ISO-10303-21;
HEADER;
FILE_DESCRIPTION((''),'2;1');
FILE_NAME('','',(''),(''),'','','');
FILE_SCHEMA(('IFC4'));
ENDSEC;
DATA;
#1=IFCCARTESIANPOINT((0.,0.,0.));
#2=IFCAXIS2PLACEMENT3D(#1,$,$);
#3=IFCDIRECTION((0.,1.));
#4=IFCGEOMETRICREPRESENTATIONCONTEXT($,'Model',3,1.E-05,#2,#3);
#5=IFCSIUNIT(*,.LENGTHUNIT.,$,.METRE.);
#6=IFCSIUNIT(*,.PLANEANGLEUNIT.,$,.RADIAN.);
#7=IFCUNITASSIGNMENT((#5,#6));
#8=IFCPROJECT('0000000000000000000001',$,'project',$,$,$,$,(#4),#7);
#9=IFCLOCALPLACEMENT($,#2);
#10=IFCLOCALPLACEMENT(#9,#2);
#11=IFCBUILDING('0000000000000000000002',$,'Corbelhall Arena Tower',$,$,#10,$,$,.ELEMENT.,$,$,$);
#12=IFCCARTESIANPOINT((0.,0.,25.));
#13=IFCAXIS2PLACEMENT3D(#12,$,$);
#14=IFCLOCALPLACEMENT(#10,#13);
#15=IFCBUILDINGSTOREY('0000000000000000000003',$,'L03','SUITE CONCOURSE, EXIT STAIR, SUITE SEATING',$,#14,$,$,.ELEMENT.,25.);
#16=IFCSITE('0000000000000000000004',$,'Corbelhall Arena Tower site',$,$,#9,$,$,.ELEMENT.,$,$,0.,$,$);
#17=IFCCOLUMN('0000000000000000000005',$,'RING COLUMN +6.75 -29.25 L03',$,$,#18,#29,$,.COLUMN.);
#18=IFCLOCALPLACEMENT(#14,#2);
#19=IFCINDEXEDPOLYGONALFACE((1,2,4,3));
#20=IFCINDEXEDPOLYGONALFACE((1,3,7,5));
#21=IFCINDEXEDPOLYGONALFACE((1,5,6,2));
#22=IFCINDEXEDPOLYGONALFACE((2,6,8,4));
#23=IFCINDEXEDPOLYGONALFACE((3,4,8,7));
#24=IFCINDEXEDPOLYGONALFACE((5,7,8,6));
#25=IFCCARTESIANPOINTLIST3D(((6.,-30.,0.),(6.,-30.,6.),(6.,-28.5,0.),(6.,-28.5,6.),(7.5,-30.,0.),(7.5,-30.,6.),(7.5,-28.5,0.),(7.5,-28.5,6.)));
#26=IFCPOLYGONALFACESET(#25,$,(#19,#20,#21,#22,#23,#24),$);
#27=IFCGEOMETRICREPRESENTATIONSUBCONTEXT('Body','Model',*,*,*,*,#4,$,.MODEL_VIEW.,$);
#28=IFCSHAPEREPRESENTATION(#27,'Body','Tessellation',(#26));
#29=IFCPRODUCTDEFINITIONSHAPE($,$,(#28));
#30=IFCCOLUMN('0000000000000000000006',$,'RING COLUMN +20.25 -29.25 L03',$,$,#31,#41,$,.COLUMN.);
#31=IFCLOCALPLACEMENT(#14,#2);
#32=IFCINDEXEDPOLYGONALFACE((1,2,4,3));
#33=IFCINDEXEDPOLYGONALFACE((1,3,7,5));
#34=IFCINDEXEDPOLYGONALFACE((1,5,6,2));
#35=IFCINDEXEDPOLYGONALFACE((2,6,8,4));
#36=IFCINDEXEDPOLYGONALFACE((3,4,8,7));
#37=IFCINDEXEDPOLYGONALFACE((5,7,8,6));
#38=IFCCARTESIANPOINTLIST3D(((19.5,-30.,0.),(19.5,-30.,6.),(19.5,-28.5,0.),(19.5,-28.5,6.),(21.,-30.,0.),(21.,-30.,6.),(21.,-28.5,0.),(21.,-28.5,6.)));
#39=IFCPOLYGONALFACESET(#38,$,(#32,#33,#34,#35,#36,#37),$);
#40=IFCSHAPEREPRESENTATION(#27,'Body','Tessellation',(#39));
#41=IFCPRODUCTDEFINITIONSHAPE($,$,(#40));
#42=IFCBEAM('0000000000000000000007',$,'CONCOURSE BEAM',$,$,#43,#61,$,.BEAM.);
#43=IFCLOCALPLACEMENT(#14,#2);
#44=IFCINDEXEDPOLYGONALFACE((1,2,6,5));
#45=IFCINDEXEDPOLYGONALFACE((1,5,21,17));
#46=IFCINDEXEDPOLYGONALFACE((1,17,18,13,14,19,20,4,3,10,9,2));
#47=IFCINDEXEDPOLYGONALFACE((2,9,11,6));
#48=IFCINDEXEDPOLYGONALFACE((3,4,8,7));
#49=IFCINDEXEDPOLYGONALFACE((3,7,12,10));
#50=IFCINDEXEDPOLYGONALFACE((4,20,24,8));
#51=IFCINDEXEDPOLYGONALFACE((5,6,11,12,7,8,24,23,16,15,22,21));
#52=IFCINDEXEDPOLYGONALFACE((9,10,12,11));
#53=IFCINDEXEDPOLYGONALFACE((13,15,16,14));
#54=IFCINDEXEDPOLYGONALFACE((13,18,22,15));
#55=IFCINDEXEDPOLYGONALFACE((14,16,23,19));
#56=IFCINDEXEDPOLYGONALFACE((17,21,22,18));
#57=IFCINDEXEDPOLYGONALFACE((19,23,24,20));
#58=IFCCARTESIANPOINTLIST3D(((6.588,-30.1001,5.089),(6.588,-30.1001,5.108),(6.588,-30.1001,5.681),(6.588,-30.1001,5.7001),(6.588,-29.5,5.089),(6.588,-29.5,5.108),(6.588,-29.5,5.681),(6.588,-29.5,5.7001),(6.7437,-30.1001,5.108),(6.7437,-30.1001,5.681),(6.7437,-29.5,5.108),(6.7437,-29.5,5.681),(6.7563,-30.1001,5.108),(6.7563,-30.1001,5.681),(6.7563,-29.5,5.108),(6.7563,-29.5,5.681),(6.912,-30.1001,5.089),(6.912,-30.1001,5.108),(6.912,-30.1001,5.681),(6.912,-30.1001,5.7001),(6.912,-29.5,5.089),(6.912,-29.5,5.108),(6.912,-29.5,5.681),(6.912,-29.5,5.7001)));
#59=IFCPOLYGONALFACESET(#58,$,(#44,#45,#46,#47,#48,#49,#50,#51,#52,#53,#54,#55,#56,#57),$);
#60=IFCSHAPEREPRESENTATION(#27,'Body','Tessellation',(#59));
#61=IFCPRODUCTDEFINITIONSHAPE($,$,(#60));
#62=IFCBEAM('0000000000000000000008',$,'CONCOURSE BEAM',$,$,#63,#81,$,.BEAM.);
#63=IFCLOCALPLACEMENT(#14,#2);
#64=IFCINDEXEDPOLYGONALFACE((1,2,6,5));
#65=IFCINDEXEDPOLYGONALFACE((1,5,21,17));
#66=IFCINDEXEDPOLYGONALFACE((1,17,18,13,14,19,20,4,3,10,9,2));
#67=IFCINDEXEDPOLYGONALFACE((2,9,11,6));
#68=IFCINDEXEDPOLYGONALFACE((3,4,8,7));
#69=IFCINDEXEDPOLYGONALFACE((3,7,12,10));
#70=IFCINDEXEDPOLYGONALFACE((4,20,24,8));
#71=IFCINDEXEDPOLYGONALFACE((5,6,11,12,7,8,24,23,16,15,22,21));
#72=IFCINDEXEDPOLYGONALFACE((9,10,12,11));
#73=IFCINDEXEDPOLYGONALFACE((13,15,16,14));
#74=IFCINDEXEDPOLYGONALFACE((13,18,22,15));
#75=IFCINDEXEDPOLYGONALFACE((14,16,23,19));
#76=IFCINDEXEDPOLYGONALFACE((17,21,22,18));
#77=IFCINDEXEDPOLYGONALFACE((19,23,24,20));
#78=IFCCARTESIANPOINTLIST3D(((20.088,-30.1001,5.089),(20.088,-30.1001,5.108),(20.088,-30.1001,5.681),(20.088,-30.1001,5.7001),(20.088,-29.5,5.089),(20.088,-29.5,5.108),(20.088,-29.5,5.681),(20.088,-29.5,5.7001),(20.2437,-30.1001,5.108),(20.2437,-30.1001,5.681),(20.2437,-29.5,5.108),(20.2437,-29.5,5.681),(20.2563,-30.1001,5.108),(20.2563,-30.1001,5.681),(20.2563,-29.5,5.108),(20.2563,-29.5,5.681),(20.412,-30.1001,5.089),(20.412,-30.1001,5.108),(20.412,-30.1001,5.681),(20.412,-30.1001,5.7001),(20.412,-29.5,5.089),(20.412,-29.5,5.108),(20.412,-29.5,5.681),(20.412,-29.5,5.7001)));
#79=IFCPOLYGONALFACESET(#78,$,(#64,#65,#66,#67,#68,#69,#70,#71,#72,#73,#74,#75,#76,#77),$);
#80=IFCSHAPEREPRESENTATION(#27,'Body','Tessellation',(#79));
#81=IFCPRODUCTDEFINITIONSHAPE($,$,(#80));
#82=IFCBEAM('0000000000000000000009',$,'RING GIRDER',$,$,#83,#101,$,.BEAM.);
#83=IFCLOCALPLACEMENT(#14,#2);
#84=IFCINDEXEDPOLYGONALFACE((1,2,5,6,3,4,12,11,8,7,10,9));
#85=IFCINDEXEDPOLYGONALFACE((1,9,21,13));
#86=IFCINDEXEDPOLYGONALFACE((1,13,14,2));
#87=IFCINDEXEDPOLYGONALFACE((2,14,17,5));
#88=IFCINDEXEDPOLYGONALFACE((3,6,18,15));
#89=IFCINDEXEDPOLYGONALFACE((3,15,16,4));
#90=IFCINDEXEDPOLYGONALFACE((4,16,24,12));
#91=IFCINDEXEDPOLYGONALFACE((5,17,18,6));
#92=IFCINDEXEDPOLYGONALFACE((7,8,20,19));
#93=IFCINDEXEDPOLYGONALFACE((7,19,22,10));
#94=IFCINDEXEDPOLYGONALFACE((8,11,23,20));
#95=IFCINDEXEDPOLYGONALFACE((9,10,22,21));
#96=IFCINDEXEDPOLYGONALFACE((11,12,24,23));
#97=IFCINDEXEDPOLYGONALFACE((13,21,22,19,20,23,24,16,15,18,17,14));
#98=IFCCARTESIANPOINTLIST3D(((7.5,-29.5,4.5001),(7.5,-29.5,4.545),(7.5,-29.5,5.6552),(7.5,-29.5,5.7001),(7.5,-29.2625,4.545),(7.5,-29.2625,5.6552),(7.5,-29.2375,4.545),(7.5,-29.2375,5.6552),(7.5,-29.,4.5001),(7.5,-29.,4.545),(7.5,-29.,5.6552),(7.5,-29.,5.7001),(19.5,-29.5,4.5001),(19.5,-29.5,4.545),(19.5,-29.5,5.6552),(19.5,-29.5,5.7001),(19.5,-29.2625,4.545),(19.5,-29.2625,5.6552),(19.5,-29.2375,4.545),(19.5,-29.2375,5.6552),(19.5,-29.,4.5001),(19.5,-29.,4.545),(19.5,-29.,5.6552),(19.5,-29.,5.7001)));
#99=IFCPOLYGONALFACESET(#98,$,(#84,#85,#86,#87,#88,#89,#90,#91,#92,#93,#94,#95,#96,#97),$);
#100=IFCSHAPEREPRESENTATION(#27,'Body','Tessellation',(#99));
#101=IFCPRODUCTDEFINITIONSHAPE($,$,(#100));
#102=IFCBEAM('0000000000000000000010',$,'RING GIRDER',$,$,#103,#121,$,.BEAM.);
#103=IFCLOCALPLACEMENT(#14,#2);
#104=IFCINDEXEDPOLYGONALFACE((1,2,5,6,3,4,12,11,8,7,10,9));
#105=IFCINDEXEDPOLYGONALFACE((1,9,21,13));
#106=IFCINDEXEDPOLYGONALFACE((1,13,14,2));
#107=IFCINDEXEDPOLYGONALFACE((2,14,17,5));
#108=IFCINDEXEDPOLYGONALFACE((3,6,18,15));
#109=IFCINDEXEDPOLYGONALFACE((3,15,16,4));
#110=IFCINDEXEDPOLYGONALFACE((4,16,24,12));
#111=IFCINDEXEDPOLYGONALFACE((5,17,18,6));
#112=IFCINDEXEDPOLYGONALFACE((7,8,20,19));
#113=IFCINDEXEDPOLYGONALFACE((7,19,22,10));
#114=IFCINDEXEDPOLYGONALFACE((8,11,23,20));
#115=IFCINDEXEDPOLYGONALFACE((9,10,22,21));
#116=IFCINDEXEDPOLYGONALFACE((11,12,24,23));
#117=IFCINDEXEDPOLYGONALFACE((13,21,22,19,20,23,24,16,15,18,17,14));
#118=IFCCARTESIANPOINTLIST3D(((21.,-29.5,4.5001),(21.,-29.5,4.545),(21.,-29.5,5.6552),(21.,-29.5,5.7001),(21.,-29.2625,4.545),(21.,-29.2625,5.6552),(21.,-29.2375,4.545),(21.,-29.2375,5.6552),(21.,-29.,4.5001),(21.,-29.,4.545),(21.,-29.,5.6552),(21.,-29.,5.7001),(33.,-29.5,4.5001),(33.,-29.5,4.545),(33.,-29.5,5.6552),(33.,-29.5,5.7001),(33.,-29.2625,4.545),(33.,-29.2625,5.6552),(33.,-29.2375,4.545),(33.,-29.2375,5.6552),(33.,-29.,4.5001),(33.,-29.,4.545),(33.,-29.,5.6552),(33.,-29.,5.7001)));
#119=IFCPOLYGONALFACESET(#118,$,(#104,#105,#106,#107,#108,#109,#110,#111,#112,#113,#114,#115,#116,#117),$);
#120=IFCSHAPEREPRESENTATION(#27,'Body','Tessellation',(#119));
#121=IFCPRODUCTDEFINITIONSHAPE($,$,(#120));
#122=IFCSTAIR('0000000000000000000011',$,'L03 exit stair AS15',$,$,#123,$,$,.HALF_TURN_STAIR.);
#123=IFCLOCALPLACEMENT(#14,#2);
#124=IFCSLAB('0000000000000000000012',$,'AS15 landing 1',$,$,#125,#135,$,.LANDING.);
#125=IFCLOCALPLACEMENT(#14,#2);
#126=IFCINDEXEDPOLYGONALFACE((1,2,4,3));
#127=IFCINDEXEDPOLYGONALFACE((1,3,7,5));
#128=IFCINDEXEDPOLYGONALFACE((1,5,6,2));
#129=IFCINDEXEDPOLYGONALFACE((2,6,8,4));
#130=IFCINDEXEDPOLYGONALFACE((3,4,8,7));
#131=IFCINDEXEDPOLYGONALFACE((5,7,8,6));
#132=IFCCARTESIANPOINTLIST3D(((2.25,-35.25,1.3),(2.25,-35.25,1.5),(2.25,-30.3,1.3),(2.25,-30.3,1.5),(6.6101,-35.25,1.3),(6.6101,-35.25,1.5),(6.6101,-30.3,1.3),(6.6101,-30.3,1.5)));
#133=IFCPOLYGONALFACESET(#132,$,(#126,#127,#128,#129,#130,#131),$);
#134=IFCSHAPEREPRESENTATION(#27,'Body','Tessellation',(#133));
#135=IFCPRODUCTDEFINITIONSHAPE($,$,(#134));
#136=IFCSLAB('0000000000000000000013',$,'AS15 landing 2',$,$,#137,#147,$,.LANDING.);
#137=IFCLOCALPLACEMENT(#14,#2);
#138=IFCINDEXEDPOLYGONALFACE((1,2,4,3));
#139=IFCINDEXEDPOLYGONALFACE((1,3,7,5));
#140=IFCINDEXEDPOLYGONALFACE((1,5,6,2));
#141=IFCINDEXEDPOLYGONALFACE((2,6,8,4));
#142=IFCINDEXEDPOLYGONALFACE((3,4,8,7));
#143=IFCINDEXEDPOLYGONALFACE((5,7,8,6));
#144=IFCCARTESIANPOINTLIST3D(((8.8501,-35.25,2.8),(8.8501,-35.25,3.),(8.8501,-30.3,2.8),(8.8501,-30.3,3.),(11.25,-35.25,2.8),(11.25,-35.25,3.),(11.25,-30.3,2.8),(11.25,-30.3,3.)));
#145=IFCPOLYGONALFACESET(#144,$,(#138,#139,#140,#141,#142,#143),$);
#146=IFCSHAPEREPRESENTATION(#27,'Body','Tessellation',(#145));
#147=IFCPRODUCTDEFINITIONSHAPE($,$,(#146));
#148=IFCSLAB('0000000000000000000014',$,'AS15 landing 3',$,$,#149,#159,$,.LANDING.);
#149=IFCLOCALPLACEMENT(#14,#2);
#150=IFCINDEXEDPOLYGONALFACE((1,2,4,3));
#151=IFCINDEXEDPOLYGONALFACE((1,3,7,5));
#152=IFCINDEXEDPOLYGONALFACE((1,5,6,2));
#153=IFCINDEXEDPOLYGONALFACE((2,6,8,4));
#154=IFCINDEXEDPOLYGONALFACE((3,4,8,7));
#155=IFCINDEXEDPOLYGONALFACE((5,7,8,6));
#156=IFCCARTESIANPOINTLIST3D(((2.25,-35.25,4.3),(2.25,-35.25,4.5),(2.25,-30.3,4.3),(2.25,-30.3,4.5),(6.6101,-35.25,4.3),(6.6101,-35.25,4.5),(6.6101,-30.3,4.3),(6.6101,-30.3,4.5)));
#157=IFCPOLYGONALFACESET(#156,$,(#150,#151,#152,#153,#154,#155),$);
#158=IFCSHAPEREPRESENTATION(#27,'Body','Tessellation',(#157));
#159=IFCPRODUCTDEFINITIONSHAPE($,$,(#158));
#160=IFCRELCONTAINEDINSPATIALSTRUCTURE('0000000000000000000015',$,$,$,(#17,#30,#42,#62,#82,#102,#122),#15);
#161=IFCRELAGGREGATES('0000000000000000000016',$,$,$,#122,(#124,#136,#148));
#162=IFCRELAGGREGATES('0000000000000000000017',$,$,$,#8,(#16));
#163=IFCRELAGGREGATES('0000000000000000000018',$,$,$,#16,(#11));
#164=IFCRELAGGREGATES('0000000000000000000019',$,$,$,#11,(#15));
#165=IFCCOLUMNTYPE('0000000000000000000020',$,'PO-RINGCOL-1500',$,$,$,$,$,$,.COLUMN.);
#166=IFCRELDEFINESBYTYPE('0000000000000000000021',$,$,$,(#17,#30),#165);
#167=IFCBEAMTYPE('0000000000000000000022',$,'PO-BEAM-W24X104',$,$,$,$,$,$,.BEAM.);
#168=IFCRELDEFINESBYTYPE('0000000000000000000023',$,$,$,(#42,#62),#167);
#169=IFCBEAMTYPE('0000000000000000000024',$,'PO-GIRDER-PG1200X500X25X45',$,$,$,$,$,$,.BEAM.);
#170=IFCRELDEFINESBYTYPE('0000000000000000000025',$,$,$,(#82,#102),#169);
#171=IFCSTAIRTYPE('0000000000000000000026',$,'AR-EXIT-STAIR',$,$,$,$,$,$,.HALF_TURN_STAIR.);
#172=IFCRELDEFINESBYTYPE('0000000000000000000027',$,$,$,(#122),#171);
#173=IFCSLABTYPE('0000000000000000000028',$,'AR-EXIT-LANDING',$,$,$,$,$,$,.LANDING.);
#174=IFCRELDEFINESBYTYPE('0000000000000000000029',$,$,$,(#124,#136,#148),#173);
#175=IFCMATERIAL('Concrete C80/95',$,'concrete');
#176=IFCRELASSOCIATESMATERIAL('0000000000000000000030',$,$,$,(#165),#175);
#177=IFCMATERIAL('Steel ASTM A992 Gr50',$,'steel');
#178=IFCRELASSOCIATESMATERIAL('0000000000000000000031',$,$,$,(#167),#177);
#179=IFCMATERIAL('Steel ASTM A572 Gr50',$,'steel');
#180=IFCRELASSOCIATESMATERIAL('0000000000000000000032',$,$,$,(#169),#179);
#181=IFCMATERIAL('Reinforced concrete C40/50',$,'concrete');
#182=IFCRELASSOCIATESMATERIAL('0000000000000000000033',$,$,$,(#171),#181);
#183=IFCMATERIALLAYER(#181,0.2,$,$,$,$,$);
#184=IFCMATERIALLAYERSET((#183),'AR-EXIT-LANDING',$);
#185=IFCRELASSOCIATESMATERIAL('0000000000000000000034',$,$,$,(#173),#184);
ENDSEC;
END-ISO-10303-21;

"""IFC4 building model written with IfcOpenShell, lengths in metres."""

from ifc_helpers import new_model, si_unit, direction, frame, origin, origin_2d, place, context, subcontext, project, spatial, polyline, rectangle, i_section, outline, extrude, material, layer, layer_set, material_profile, profile_set, type_object, element, aggregate, save


model = new_model("IFC4")

# Units and contexts
model_context = context("Model", 3, precision=1e-05, world=origin(), true_north=direction((0.0, 1.0)))
body_context = subcontext(model_context, "Body", "Model", "MODEL_VIEW")
ifc_project = project(units=[si_unit("LENGTHUNIT", "METRE"), si_unit("PLANEANGLEUNIT", "RADIAN")], contexts=[model_context])

# Site, building, storey
site_placement = place(None, origin())
site = spatial("IfcSite", under=ifc_project, at=site_placement, Name="Corbelhall Arena Tower site", CompositionType="ELEMENT", RefElevation=0.0)
building_placement = place(site_placement, origin())
building = spatial("IfcBuilding", under=site, at=building_placement, Name="Corbelhall Arena Tower", CompositionType="ELEMENT")
storey_placement = place(building_placement, frame((0.0, 0.0, 25.0)))
storey = spatial("IfcBuildingStorey", under=building, at=storey_placement, Name="L03", Description="SUITE CONCOURSE, EXIT STAIR, SUITE SEATING", CompositionType="ELEMENT", Elevation=25.0)

# Columns
ifc_material_1 = material(Name="Concrete C80/95", Category="concrete")
ifc_material_profile_1 = material_profile(ifc_material_1, rectangle(XDim=1.5, YDim=1.5, at=origin_2d()))
ifc_profile_set_1 = profile_set([ifc_material_profile_1], Name="Concrete C80/95")
column_type = type_object("IfcColumnType", Name="PO-RINGCOL-1500", PredefinedType="COLUMN", material=ifc_profile_set_1)
for number, where, z_axis, x_axis, name in (
    (1, (6.75, -29.25, 0.0), (0.0, 0.0, 1.0), (1.0, 0.0, 0.0), "RING COLUMN +6.75 -29.25 L03"),
    (2, (20.25, -29.25, 0.0), (0.0, 0.0, 1.0), (1.0, 0.0, 0.0), "RING COLUMN +20.25 -29.25 L03"),
):
    element("IfcColumn", number, at=place(storey_placement, frame(where, z_axis=z_axis, x_axis=x_axis)), inside=storey, type_object=column_type, Name=name, PredefinedType="COLUMN", context=body_context, shape_type="SweptSolid", body=[
        extrude(rectangle(XDim=1.5, YDim=1.5, at=origin_2d()), origin(), (0.0, 0.0, 1.0), 6.0),
    ])

# Beams
ifc_material_2 = material(Name="Steel ASTM A992 Gr50", Category="steel")
ifc_material_profile_2 = material_profile(ifc_material_2, i_section(OverallWidth=0.324, OverallDepth=0.6111, WebThickness=0.0127, FlangeThickness=0.019, at=origin_2d()))
ifc_profile_set_2 = profile_set([ifc_material_profile_2], Name="Steel ASTM A992 Gr50")
beam_type_1 = type_object("IfcBeamType", Name="PO-BEAM-W24X104", PredefinedType="BEAM", material=ifc_profile_set_2)
for number, where, z_axis, x_axis, name in (
    (3, (6.75, -29.5, 5.3945), (0.0, -1.0, 0.0), (1.0, 0.0, 0.0), "CONCOURSE BEAM"),
    (4, (20.25, -29.5, 5.3945), (0.0, -1.0, 0.0), (1.0, 0.0, 0.0), "CONCOURSE BEAM"),
):
    element("IfcBeam", number, at=place(storey_placement, frame(where, z_axis=z_axis, x_axis=x_axis)), inside=storey, type_object=beam_type_1, Name=name, PredefinedType="BEAM", context=body_context, shape_type="SweptSolid", body=[
        extrude(i_section(OverallWidth=0.324, OverallDepth=0.6111, WebThickness=0.0127, FlangeThickness=0.019, at=origin_2d()), origin(), (0.0, 0.0, 1.0), 0.6001),
    ])
ifc_material_3 = material(Name="Steel ASTM A572 Gr50", Category="steel")
ifc_material_profile_3 = material_profile(ifc_material_3, i_section(OverallWidth=0.5, OverallDepth=1.2, WebThickness=0.0249, FlangeThickness=0.0449, at=origin_2d()))
ifc_profile_set_3 = profile_set([ifc_material_profile_3], Name="Steel ASTM A572 Gr50")
beam_type_2 = type_object("IfcBeamType", Name="PO-GIRDER-PG1200X500X25X45", PredefinedType="BEAM", material=ifc_profile_set_3)
for number, where, z_axis, x_axis, name in (
    (5, (7.5, -29.25, 5.1001), (1.0, 0.0, 0.0), (0.0, 1.0, 0.0), "RING GIRDER"),
    (6, (21.0, -29.25, 5.1001), (1.0, 0.0, 0.0), (0.0, 1.0, 0.0), "RING GIRDER"),
):
    element("IfcBeam", number, at=place(storey_placement, frame(where, z_axis=z_axis, x_axis=x_axis)), inside=storey, type_object=beam_type_2, Name=name, PredefinedType="BEAM", context=body_context, shape_type="SweptSolid", body=[
        extrude(i_section(OverallWidth=0.5, OverallDepth=1.2, WebThickness=0.0249, FlangeThickness=0.0449, at=origin_2d()), origin(), (0.0, 0.0, 1.0), 12.0),
    ])

# Stair, slabs
ifc_material_4 = material(Name="Reinforced concrete C40/50", Category="concrete")
stair_type = type_object("IfcStairType", Name="AR-EXIT-STAIR", PredefinedType="HALF_TURN_STAIR", material=ifc_material_4)
stair_1_placement = place(storey_placement, origin())
stair_1 = element("IfcStair", 7, at=stair_1_placement, inside=storey, type_object=stair_type, Name="L03 exit stair AS15", PredefinedType="HALF_TURN_STAIR")
ifc_layer_1 = layer(ifc_material_4, 0.2)
ifc_layer_set_1 = layer_set([ifc_layer_1], Name="AR-EXIT-LANDING")
slab_type = type_object("IfcSlabType", Name="AR-EXIT-LANDING", PredefinedType="LANDING", material=ifc_layer_set_1)
slab_1_placement = place(storey_placement, frame((0.0, 0.0, 1.3)))
slab_1 = element("IfcSlab", 8, at=slab_1_placement, type_object=slab_type, Name="AS15 landing 1", PredefinedType="LANDING", context=body_context, shape_type="SweptSolid", body=[
    extrude(outline(polyline([(6.6101, -30.3), (2.25, -30.3), (2.25, -35.25), (6.6101, -35.25), (6.6101, -30.3)])), origin(), (0.0, 0.0, 1.0), 0.2),
])
slab_2_placement = place(storey_placement, frame((0.0, 0.0, 2.8)))
slab_2 = element("IfcSlab", 9, at=slab_2_placement, type_object=slab_type, Name="AS15 landing 2", PredefinedType="LANDING", context=body_context, shape_type="SweptSolid", body=[
    extrude(outline(polyline([(11.25, -30.3), (8.8501, -30.3), (8.8501, -35.25), (11.25, -35.25), (11.25, -30.3)])), origin(), (0.0, 0.0, 1.0), 0.2),
])
slab_3_placement = place(storey_placement, frame((0.0, 0.0, 4.3)))
slab_3 = element("IfcSlab", 10, at=slab_3_placement, type_object=slab_type, Name="AS15 landing 3", PredefinedType="LANDING", context=body_context, shape_type="SweptSolid", body=[
    extrude(outline(polyline([(6.6101, -30.3), (2.25, -30.3), (2.25, -35.25), (6.6101, -35.25), (6.6101, -30.3)])), origin(), (0.0, 0.0, 1.0), 0.2),
])

aggregate(stair_1, [slab_1, slab_2, slab_3])

save(model, "model.ifc")
